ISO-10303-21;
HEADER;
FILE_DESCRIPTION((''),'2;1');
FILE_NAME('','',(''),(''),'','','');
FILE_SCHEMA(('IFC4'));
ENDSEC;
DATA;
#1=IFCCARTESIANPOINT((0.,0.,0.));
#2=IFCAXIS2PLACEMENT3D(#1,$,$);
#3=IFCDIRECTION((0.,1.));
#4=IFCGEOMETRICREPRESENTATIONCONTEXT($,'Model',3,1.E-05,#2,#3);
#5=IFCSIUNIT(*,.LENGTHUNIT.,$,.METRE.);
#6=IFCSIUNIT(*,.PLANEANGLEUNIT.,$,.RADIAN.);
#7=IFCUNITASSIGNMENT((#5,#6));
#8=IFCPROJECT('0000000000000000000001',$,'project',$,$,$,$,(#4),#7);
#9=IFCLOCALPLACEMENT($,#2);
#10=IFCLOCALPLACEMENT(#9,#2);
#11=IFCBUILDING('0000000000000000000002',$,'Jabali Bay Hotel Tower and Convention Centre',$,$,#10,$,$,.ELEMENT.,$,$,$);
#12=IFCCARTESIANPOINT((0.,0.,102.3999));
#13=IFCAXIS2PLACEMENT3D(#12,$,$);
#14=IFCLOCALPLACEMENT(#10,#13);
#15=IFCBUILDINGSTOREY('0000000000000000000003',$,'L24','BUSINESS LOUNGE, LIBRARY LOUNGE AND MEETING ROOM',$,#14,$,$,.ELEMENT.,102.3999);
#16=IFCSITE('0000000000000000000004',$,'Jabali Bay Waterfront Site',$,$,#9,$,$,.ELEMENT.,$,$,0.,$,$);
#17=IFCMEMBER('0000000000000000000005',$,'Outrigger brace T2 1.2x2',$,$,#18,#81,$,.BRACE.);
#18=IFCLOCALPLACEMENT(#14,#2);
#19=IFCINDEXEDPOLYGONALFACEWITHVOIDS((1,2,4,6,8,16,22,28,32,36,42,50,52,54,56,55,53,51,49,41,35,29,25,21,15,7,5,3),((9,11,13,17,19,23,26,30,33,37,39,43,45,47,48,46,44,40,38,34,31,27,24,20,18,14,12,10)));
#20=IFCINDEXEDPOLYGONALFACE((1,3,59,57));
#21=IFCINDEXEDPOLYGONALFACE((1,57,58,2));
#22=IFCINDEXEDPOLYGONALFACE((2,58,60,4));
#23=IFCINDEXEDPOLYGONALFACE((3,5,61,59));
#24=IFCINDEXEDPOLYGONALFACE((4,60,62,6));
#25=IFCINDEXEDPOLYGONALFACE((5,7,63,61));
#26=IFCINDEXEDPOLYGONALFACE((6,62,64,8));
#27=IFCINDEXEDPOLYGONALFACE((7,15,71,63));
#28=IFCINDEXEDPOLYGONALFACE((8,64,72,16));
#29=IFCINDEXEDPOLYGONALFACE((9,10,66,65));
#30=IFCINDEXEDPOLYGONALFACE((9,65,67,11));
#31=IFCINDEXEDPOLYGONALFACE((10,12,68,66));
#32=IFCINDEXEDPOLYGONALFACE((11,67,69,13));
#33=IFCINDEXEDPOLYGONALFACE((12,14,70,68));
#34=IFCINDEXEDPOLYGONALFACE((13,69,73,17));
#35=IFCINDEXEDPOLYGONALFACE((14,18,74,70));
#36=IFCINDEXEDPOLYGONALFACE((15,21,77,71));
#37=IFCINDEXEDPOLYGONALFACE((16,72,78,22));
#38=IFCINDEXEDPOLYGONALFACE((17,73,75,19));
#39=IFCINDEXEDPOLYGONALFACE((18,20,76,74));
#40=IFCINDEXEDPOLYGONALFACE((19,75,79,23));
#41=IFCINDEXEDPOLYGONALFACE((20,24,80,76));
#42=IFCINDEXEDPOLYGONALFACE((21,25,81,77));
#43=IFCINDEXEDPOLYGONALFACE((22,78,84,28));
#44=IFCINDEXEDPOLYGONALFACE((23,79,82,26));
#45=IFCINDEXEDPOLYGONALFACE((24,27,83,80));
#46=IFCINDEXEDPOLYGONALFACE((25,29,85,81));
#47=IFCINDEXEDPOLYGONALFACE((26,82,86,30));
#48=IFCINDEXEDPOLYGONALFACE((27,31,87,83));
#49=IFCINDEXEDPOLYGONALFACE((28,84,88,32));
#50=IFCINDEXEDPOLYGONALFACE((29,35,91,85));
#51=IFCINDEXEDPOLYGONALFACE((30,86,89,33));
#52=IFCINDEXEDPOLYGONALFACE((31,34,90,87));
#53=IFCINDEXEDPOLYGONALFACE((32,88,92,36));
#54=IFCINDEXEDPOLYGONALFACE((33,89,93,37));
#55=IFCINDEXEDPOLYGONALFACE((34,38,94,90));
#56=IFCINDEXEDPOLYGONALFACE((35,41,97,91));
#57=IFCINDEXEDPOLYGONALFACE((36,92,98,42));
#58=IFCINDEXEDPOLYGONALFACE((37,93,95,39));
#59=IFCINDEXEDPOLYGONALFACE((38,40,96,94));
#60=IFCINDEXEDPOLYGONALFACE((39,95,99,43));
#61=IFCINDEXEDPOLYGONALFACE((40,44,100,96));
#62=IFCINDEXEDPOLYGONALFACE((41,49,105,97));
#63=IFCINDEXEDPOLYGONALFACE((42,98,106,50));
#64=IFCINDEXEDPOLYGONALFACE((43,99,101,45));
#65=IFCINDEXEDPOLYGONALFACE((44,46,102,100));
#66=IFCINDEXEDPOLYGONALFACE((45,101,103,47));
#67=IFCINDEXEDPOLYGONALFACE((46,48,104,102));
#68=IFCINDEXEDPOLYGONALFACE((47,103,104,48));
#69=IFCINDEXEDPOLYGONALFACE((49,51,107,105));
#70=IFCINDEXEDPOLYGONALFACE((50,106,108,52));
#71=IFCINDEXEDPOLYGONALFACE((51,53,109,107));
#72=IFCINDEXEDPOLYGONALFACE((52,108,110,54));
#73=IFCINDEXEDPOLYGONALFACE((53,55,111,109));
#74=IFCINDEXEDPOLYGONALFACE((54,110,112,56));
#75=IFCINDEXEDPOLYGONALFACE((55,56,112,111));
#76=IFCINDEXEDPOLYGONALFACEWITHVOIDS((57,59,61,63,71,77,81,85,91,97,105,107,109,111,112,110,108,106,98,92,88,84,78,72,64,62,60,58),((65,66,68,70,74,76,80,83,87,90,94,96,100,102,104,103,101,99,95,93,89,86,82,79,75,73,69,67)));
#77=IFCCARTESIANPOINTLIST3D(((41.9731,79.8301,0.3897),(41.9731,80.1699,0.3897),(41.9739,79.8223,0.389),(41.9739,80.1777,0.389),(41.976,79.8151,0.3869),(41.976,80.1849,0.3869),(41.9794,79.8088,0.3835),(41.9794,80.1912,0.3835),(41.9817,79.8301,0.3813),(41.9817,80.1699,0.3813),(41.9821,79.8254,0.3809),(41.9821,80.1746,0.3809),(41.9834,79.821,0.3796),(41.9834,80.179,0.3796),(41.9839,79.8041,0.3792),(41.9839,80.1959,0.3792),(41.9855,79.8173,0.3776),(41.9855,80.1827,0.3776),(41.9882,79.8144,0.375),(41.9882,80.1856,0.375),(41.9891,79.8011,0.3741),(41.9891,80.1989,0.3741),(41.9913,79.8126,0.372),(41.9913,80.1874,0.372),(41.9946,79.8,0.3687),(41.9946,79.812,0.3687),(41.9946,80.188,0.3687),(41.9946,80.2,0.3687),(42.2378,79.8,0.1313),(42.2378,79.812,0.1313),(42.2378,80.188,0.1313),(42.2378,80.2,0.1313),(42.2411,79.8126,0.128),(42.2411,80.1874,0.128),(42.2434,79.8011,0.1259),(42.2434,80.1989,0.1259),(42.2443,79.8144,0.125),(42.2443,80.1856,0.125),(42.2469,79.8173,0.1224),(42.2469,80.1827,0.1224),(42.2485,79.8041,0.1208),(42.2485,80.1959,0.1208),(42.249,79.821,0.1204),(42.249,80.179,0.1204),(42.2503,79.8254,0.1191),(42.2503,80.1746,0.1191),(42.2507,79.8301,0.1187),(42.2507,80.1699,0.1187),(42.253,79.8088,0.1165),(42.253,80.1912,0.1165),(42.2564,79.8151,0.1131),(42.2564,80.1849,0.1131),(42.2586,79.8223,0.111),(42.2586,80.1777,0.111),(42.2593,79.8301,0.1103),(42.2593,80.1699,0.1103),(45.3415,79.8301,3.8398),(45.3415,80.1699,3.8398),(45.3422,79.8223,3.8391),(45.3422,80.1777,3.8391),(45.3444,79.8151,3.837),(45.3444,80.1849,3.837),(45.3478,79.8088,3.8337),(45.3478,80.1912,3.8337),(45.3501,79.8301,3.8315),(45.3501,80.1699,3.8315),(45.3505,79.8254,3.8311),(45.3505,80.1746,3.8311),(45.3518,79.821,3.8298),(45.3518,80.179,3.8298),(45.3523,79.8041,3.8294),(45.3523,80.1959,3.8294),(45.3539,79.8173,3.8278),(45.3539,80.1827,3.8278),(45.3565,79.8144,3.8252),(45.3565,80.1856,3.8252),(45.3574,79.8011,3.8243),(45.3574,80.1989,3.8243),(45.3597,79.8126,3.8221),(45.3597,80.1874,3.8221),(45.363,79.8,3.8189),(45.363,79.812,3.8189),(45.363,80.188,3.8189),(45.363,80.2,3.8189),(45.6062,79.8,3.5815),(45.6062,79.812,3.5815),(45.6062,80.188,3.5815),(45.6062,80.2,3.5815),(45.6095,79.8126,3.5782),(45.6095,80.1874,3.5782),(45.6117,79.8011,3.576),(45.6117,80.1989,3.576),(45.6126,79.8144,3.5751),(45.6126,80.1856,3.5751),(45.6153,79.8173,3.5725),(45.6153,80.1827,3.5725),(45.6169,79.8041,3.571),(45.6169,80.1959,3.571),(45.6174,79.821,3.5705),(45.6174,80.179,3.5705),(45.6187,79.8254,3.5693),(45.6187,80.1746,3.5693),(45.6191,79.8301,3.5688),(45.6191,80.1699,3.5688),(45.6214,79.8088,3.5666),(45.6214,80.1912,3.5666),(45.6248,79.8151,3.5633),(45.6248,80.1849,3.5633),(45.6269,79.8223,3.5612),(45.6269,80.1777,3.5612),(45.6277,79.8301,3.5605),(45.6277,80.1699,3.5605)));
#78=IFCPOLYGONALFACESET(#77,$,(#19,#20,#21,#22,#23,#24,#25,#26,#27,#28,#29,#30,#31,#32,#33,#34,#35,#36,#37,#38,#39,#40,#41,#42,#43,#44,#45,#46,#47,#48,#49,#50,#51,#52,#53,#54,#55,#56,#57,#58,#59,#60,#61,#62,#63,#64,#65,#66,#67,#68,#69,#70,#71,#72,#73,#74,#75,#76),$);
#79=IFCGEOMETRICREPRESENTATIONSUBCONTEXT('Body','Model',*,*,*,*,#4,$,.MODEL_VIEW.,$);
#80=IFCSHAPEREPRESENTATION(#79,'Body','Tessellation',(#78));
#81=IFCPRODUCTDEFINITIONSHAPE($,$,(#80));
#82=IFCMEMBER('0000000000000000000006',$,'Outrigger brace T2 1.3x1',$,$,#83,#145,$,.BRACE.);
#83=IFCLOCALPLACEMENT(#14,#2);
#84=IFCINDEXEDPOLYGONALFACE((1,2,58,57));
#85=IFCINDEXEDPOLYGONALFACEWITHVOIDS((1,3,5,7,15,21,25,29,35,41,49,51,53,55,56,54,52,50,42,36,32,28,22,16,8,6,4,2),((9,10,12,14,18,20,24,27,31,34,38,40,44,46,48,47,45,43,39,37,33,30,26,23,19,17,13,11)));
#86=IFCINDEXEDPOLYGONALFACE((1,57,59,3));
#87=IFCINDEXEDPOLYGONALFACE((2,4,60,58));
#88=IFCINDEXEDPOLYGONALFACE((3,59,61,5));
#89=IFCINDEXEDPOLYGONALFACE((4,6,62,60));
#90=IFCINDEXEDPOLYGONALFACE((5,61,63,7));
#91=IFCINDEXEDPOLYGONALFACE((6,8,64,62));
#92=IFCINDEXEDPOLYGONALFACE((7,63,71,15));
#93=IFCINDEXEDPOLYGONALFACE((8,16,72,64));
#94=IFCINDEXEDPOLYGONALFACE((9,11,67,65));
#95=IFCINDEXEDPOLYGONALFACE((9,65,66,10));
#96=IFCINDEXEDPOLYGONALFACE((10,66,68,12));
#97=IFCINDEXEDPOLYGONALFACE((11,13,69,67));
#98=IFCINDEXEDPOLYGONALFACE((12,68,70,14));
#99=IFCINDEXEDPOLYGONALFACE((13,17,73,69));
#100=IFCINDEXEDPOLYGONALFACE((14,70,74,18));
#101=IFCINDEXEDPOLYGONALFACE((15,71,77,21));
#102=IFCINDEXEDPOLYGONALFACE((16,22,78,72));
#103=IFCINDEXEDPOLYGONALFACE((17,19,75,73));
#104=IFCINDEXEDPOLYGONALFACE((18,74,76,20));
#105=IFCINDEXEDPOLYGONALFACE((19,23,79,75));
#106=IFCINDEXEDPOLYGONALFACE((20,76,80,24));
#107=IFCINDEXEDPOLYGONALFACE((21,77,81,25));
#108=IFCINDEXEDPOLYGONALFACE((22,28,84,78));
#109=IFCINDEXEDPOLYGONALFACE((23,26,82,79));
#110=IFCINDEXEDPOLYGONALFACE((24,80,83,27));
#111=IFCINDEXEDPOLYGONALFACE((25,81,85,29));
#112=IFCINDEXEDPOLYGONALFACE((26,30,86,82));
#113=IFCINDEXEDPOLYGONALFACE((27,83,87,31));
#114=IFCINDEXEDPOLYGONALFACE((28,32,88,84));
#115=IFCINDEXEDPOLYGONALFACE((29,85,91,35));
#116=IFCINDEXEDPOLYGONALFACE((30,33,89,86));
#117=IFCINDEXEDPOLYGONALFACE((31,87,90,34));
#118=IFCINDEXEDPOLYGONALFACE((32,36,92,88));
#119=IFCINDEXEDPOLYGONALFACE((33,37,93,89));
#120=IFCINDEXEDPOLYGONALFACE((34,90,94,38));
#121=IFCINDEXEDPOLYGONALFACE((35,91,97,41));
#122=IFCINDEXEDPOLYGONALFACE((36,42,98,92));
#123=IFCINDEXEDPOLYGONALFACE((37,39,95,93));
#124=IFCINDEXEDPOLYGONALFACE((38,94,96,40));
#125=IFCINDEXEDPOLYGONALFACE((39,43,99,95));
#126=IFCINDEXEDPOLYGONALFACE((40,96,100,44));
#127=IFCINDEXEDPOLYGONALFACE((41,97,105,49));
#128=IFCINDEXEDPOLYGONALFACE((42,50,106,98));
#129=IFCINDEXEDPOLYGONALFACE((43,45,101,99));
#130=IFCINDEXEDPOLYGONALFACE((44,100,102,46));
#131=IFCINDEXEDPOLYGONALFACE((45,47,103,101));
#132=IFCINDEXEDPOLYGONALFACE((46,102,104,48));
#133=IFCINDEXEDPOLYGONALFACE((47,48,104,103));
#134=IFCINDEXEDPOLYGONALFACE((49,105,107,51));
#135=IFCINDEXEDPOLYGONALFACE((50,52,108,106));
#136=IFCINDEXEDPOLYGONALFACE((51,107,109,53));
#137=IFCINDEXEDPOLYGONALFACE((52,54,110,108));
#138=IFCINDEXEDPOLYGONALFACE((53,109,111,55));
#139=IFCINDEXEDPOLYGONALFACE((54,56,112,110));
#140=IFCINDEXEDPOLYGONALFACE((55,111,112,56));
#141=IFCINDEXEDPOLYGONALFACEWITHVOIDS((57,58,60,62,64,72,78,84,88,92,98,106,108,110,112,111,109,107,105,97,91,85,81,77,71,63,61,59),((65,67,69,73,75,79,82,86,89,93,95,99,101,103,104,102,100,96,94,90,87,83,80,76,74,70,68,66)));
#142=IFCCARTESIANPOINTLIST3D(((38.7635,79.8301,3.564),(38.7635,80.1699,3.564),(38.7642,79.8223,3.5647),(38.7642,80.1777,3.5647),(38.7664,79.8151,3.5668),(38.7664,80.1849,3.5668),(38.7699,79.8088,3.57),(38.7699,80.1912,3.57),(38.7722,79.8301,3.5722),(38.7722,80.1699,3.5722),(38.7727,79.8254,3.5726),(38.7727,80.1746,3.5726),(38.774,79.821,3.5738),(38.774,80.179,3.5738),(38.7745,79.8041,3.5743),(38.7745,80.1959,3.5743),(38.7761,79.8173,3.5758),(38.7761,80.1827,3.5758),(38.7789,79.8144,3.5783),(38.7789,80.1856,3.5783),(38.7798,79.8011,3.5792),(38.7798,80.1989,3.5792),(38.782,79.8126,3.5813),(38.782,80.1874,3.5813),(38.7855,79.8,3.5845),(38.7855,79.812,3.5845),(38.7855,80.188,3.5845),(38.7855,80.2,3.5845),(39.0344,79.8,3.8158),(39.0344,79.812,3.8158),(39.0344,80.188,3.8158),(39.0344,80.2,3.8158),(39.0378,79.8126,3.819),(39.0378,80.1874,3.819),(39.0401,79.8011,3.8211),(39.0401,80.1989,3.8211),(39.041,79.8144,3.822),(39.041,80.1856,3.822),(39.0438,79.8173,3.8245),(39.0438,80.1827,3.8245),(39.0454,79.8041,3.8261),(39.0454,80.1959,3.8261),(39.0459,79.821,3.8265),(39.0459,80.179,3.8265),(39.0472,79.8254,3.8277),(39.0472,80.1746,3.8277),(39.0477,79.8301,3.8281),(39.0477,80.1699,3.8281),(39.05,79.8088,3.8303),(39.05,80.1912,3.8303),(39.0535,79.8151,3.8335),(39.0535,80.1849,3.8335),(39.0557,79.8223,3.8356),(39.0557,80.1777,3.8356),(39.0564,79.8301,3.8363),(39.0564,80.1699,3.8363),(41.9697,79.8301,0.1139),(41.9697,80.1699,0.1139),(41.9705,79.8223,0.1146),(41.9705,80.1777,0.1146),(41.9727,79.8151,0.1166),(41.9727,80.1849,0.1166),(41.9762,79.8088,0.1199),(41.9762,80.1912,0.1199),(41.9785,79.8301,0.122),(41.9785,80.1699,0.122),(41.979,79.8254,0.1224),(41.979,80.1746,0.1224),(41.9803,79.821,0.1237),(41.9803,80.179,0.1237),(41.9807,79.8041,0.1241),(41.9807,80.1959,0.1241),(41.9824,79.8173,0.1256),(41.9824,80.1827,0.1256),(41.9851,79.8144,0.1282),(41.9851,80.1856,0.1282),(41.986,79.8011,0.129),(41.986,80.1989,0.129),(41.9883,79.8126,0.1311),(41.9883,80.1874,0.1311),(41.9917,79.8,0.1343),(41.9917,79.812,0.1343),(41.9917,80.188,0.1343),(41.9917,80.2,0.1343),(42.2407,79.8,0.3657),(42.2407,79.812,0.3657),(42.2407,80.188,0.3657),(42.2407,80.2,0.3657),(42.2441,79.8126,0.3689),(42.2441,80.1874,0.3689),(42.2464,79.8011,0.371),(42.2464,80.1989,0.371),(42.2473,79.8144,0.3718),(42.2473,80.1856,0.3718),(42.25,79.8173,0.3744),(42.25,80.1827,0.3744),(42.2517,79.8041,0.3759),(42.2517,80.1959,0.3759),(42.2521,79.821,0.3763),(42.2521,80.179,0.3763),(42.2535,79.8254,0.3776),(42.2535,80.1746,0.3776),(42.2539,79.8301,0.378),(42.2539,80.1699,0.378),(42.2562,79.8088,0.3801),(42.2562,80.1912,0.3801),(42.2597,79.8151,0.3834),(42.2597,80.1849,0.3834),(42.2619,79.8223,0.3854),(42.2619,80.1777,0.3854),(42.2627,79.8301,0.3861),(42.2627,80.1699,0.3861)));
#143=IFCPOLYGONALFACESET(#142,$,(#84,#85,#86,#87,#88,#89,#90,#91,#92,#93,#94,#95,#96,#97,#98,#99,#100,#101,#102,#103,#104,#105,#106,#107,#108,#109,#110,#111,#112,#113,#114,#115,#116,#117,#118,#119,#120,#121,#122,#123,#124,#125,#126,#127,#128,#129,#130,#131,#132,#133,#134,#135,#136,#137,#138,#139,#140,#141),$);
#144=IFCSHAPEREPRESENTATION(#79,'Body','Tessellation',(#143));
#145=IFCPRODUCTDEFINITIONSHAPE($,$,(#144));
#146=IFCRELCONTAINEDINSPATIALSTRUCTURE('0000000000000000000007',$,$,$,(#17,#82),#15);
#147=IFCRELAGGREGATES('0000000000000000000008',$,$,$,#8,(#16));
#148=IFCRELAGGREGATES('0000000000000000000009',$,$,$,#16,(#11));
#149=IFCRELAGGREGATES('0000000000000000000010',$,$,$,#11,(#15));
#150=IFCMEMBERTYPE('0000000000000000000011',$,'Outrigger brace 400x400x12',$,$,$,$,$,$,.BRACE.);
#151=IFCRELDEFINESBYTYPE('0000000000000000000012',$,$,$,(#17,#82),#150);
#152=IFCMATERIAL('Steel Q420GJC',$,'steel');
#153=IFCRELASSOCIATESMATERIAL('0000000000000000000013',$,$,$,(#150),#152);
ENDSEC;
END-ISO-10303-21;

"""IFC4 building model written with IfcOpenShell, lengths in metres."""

from ifc_helpers import new_model, si_unit, direction, frame, origin, origin_2d, place, context, subcontext, project, spatial, hollow_rectangle, extrude, material, material_profile, profile_set, type_object, element, save


model = new_model("IFC4")

# Units and contexts
model_context = context("Model", 3, precision=1e-05, world=origin(), true_north=direction((0.0, 1.0)))
body_context = subcontext(model_context, "Body", "Model", "MODEL_VIEW")
ifc_project = project(units=[si_unit("LENGTHUNIT", "METRE"), si_unit("PLANEANGLEUNIT", "RADIAN")], contexts=[model_context])

# Site, building, storey
site_placement = place(None, origin())
site = spatial("IfcSite", under=ifc_project, at=site_placement, Name="Jabali Bay Waterfront Site", CompositionType="ELEMENT", RefElevation=0.0)
building_placement = place(site_placement, origin())
building = spatial("IfcBuilding", under=site, at=building_placement, Name="Jabali Bay Hotel Tower and Convention Centre", CompositionType="ELEMENT")
storey_placement = place(building_placement, frame((0.0, 0.0, 102.3999)))
storey = spatial("IfcBuildingStorey", under=building, at=storey_placement, Name="L24", Description="BUSINESS LOUNGE, LIBRARY LOUNGE AND MEETING ROOM", CompositionType="ELEMENT", Elevation=102.3999)

# Shared definitions
ifc_material_1 = material(Name="Steel Q420GJC", Category="steel")

# Members
ifc_material_profile_1 = material_profile(ifc_material_1, hollow_rectangle(XDim=0.3999, YDim=0.3999, WallThickness=0.012, InnerFilletRadius=0.0181, OuterFilletRadius=0.03, at=origin_2d()), Name="Outrigger brace 400x400x12")
ifc_profile_set_1 = profile_set([ifc_material_profile_1], Name="Steel Q420GJC")
member_type_1 = type_object("IfcMemberType", Name="Outrigger brace 400x400x12", PredefinedType="BRACE", material=ifc_profile_set_1)
member_1_placement = place(storey_placement, frame((42.1162, 80.0, 0.25), z_axis=(0.698575, 0.0, 0.715537), x_axis=(0.0, 1.0, 0.0)))
element("IfcMember", 1, at=member_1_placement, inside=storey, type_object=member_type_1, Name="Outrigger brace T2 1.2x2", PredefinedType="BRACE", context=body_context, shape_type="SweptSolid", body=[
    extrude(hollow_rectangle(XDim=0.3999, YDim=0.3999, WallThickness=0.012, InnerFilletRadius=0.0181, OuterFilletRadius=0.03, at=origin_2d()), origin(), (0.0, 0.0, 1.0), 4.8218),
])
member_2_placement = place(storey_placement, frame((42.1162, 80.0, 0.25), z_axis=(-0.680741, 0.0, 0.732524), x_axis=(0.0, -1.0, 0.0)))
element("IfcMember", 2, at=member_2_placement, inside=storey, type_object=member_type_1, Name="Outrigger brace T2 1.3x1", PredefinedType="BRACE", context=body_context, shape_type="SweptSolid", body=[
    extrude(hollow_rectangle(XDim=0.3999, YDim=0.3999, WallThickness=0.012, InnerFilletRadius=0.0181, OuterFilletRadius=0.03, at=origin_2d()), origin(), (0.0, 0.0, 1.0), 4.71),
])

save(model, "model.ifc")
